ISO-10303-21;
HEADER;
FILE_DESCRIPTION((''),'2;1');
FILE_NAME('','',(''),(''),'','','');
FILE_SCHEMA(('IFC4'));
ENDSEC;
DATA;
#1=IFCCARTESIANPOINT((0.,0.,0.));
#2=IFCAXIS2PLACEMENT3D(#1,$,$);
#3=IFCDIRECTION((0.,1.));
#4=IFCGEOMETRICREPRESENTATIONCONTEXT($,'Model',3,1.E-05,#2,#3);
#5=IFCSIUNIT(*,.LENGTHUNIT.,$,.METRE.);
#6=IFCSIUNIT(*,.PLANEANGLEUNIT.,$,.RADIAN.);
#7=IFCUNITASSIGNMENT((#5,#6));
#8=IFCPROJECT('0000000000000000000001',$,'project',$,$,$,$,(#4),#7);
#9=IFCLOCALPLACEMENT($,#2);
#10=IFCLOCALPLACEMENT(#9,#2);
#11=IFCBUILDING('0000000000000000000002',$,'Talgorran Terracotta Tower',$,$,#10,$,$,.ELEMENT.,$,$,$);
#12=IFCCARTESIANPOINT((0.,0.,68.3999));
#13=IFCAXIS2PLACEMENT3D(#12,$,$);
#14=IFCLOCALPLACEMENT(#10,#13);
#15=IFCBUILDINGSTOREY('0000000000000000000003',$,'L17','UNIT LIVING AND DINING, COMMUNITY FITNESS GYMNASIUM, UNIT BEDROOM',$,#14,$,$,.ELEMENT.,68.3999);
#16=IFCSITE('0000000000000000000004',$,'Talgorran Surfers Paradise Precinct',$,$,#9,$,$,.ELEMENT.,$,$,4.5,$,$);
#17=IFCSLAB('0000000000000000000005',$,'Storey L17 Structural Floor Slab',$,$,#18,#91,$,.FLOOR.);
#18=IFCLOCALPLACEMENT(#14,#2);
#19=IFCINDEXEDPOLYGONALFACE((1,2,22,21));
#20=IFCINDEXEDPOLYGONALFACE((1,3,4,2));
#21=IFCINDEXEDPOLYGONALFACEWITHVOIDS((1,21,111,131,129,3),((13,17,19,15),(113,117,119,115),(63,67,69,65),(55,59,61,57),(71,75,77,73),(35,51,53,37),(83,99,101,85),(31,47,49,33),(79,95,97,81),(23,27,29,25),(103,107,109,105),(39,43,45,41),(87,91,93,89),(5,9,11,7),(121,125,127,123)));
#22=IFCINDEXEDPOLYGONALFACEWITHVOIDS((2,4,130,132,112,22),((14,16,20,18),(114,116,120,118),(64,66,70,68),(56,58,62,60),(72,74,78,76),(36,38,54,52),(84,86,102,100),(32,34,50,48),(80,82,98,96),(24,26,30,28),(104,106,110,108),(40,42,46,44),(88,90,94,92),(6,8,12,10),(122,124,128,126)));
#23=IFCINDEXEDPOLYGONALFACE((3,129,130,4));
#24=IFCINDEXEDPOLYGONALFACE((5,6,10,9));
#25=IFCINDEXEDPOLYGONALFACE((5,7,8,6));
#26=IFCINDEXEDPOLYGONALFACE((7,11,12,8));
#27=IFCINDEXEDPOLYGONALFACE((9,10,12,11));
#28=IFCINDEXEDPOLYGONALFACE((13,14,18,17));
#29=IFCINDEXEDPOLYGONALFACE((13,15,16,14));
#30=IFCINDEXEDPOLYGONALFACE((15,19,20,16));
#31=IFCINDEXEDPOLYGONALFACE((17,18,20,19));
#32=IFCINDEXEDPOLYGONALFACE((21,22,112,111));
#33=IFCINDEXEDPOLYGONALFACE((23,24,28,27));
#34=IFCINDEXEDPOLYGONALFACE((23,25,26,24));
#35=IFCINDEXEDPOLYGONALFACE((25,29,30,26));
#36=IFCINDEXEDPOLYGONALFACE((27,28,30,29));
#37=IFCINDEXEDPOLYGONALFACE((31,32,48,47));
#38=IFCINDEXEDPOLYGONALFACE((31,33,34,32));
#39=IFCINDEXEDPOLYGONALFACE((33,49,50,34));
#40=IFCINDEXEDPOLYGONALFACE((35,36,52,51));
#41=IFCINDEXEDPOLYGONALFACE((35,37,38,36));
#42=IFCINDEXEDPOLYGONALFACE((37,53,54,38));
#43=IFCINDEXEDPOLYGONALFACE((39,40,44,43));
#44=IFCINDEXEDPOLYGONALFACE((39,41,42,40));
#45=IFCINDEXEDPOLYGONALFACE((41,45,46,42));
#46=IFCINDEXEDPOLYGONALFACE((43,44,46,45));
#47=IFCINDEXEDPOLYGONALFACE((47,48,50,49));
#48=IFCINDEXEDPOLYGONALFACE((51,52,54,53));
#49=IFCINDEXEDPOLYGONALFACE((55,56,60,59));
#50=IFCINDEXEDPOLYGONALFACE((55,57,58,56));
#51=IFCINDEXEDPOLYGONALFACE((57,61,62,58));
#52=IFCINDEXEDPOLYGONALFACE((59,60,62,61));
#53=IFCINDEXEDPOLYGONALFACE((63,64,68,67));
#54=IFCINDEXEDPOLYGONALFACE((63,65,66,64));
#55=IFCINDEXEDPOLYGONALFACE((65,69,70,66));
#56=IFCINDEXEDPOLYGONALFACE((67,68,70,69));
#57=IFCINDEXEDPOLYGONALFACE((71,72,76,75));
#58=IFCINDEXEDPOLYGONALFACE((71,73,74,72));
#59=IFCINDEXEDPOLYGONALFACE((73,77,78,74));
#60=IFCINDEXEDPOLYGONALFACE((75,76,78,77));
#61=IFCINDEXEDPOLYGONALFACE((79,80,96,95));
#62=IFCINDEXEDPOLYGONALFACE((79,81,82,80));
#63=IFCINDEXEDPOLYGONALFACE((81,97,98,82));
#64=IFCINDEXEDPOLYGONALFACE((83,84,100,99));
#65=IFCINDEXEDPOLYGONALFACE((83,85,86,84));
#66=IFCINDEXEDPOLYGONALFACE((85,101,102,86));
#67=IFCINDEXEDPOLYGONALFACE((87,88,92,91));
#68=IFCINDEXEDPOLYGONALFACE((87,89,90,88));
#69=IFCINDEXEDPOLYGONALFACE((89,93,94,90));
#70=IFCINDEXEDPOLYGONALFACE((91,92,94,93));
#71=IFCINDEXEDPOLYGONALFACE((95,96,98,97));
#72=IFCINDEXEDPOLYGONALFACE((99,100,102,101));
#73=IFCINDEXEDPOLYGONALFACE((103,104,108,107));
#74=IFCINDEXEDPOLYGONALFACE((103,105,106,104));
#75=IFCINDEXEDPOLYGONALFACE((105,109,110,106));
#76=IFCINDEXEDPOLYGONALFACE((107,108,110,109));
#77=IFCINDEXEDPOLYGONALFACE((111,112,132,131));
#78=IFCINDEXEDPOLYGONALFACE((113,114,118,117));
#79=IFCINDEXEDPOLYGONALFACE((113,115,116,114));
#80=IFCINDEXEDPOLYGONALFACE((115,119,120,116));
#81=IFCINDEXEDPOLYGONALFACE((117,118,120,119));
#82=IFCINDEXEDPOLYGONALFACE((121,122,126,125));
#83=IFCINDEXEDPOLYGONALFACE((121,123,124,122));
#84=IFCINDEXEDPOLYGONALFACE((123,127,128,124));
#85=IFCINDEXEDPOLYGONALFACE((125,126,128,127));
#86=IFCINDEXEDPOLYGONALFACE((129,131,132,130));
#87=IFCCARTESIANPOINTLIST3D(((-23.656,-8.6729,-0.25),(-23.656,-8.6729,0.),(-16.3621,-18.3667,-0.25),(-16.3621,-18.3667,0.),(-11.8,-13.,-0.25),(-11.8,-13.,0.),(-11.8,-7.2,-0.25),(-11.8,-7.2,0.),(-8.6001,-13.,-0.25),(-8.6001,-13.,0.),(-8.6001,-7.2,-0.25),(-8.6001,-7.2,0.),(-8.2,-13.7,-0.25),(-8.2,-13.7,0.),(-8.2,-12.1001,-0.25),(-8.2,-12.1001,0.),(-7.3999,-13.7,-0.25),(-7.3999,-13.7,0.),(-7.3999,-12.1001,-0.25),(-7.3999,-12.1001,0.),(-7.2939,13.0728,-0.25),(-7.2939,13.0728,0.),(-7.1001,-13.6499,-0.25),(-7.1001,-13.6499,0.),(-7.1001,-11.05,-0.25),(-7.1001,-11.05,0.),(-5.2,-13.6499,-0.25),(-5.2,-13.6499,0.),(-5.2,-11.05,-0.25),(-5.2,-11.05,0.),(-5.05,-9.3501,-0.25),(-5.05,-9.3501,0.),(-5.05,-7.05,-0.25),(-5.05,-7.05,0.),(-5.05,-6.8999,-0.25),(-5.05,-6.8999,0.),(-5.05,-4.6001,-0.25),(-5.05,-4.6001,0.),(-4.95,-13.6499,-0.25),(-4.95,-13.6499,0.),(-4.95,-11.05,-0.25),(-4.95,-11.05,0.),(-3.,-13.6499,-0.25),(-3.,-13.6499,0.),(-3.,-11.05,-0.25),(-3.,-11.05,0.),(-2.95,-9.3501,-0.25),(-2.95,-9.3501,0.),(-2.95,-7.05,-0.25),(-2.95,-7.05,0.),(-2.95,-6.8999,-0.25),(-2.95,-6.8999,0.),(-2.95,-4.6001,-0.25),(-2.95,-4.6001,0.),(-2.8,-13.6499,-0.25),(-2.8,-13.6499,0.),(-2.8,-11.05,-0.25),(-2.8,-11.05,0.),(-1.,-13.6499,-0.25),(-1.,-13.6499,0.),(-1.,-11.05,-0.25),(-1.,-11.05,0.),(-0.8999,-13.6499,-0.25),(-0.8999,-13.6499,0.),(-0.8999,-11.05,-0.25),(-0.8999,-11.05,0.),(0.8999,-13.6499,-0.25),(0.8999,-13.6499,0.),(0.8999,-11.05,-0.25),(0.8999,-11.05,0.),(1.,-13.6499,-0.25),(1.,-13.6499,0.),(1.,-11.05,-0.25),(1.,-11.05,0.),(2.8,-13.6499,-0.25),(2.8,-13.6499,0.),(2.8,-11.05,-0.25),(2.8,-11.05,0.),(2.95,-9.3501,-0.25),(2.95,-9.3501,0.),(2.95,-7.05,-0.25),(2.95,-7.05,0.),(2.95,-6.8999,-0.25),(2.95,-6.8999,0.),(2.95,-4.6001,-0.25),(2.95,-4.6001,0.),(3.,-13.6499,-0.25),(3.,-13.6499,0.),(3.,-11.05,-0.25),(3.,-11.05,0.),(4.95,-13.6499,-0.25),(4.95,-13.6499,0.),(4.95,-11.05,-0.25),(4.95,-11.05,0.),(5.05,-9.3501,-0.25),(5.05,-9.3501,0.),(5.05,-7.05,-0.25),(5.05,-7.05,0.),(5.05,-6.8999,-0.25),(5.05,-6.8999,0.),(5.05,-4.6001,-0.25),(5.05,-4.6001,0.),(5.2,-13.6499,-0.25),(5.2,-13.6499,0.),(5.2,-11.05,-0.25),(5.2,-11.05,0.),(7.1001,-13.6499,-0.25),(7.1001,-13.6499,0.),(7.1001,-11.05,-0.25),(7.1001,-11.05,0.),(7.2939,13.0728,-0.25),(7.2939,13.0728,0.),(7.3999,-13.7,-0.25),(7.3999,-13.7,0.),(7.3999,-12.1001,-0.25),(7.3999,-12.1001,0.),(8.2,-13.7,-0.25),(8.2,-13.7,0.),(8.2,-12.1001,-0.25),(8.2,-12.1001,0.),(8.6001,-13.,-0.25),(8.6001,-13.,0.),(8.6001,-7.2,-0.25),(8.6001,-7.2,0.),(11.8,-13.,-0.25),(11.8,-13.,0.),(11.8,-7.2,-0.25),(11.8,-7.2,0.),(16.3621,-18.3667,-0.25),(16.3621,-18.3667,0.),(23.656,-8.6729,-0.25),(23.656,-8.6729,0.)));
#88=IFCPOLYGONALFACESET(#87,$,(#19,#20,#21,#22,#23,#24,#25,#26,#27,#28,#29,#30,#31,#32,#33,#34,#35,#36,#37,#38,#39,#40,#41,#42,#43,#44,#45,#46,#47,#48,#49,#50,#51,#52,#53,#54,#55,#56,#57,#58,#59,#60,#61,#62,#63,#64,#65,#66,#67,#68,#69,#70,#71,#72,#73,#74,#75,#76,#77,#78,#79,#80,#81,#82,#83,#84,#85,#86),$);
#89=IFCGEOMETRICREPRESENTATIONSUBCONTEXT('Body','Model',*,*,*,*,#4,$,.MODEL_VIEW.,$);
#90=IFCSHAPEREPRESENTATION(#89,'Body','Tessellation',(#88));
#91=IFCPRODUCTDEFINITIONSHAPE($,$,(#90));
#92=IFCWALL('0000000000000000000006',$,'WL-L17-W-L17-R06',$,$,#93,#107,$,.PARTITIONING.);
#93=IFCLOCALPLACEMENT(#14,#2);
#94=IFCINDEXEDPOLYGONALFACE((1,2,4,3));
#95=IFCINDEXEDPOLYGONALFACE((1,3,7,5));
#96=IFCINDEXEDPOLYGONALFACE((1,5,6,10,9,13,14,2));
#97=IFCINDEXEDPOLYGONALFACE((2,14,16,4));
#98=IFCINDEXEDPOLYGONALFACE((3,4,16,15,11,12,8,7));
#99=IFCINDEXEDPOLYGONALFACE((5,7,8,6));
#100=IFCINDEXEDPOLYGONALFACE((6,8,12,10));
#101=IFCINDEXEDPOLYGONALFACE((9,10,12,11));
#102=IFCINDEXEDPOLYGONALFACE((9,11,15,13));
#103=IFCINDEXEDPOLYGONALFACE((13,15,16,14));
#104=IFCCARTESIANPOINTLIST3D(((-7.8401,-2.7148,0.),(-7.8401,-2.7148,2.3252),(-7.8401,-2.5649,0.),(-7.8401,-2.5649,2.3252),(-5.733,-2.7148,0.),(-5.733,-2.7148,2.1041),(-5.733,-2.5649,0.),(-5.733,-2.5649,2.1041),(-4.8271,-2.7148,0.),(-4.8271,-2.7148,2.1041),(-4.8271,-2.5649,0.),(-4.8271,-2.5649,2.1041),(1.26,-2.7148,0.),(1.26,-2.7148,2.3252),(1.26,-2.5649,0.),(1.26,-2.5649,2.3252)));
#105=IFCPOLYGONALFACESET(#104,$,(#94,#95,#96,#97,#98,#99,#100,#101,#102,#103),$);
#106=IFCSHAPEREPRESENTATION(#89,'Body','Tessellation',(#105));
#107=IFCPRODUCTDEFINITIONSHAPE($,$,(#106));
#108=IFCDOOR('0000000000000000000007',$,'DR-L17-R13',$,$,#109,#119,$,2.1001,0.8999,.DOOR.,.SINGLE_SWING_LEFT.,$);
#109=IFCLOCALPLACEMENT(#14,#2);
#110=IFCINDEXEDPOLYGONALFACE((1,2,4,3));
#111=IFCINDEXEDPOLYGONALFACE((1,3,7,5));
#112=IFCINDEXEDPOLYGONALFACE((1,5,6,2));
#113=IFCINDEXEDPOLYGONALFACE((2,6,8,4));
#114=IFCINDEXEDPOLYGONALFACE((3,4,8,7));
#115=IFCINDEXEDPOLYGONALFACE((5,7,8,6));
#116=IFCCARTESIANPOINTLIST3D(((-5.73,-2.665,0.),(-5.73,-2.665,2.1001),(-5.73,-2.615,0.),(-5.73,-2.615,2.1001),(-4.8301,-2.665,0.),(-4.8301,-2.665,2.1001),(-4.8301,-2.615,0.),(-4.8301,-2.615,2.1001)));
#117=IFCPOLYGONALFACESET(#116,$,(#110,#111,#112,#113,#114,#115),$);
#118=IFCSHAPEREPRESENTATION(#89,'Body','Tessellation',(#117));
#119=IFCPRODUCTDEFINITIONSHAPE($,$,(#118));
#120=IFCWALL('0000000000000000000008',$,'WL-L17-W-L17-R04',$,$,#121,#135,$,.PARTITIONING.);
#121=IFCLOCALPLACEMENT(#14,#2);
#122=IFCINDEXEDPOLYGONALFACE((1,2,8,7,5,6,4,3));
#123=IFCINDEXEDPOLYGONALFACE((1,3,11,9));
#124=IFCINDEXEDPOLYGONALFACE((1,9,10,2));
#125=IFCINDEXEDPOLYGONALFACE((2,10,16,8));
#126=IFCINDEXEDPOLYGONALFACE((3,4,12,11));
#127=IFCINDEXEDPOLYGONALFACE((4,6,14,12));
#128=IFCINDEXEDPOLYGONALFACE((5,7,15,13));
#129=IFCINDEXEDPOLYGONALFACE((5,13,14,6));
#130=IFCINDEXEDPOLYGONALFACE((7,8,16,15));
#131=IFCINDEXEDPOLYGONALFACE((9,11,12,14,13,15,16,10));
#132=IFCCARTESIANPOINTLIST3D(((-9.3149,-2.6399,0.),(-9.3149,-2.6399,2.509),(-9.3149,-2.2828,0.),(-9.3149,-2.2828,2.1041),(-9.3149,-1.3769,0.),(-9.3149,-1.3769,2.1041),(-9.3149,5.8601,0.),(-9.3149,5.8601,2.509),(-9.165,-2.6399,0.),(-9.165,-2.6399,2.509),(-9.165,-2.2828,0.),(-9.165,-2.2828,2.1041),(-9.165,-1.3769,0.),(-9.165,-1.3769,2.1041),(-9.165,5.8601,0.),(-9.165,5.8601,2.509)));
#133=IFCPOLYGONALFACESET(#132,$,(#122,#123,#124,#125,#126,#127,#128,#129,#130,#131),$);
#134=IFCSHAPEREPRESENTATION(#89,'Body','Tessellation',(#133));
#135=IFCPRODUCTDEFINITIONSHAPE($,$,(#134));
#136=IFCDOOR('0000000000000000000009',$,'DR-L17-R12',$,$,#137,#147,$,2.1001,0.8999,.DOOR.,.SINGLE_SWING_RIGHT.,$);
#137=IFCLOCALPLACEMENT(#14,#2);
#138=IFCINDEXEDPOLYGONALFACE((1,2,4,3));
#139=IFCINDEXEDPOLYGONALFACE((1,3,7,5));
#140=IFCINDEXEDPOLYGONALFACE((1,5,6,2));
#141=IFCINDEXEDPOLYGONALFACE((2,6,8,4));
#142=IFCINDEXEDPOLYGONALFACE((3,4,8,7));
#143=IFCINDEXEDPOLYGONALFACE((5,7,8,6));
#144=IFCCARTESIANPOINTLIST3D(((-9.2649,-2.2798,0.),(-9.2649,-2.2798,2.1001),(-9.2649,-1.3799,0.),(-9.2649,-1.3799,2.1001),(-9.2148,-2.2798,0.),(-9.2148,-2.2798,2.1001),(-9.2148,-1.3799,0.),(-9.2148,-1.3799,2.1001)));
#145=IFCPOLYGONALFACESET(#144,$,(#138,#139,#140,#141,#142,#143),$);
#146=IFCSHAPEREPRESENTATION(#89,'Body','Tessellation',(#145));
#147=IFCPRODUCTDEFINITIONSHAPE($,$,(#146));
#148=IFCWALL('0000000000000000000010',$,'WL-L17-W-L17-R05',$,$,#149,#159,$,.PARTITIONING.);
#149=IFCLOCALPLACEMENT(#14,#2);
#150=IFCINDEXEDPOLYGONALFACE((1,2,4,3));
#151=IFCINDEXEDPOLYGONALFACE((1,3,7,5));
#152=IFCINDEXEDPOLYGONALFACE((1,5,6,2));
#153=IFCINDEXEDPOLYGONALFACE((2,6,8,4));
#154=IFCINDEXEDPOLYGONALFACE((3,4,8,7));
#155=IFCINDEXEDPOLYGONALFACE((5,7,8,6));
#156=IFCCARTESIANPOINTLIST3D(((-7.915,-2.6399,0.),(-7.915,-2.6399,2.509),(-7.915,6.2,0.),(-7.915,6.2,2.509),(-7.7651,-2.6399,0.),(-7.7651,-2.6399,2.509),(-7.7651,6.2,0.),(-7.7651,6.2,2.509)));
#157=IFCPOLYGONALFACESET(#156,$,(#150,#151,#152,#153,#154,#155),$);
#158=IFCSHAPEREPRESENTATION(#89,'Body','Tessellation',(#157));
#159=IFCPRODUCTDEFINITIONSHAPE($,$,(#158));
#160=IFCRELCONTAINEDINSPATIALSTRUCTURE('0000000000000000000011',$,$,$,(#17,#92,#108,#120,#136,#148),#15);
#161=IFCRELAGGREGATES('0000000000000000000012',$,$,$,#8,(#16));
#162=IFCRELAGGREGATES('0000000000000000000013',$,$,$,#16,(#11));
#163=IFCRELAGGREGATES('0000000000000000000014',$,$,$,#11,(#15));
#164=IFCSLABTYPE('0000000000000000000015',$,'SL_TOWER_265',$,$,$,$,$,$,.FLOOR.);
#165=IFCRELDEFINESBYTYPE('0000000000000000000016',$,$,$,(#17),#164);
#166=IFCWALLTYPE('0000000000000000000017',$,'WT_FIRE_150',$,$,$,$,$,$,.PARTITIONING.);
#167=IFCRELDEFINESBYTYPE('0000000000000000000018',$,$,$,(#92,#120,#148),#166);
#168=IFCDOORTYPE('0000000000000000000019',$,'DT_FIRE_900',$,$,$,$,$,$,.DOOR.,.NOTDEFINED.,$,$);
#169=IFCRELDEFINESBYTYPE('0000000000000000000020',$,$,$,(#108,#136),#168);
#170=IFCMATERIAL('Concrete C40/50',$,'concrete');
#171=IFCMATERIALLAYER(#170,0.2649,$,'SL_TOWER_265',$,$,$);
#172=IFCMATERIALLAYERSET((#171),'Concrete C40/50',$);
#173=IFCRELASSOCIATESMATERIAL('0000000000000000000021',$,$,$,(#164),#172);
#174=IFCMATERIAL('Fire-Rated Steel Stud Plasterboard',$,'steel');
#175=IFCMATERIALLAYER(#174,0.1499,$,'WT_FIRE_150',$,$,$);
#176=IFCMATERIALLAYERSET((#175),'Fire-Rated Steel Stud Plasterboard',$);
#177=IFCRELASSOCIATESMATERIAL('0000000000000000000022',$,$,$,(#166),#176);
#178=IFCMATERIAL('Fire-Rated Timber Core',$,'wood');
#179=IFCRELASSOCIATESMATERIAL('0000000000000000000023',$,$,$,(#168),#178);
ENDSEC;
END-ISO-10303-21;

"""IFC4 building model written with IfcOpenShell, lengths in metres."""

from ifc_helpers import new_model, si_unit, direction, frame, frame_2d, origin, place, context, subcontext, project, spatial, polyline, rectangle, outline, extrude, material, layer, layer_set, type_object, element, fill, save


model = new_model("IFC4")

# Units and contexts
model_context = context("Model", 3, precision=1e-05, world=origin(), true_north=direction((0.0, 1.0)))
body_context = subcontext(model_context, "Body", "Model", "MODEL_VIEW")
ifc_project = project(units=[si_unit("LENGTHUNIT", "METRE"), si_unit("PLANEANGLEUNIT", "RADIAN")], contexts=[model_context])

# Site, building, storey
site_placement = place(None, origin())
site = spatial("IfcSite", under=ifc_project, at=site_placement, Name="Talgorran Surfers Paradise Precinct", CompositionType="ELEMENT", RefElevation=4.5)
building_placement = place(site_placement, origin())
building = spatial("IfcBuilding", under=site, at=building_placement, Name="Talgorran Terracotta Tower", CompositionType="ELEMENT")
storey_placement = place(building_placement, frame((0.0, 0.0, 68.3999)))
storey = spatial("IfcBuildingStorey", under=building, at=storey_placement, Name="L17", Description="UNIT LIVING AND DINING, COMMUNITY FITNESS GYMNASIUM, UNIT BEDROOM", CompositionType="ELEMENT", Elevation=68.3999)

# Slab
ifc_material_1 = material(Name="Concrete C40/50", Category="concrete")
ifc_layer_1 = layer(ifc_material_1, 0.2649, Name="SL_TOWER_265")
ifc_layer_set_1 = layer_set([ifc_layer_1], Name="Concrete C40/50")
slab_type_1 = type_object("IfcSlabType", Name="SL_TOWER_265", PredefinedType="FLOOR", material=ifc_layer_set_1)
slab_1_placement = place(storey_placement, frame((0.0, 0.0, -0.25)))
element("IfcSlab", 1, at=slab_1_placement, inside=storey, type_object=slab_type_1, Name="Storey L17 Structural Floor Slab", PredefinedType="FLOOR", context=body_context, shape_type="SweptSolid", body=[
    extrude(outline(polyline([(-23.656, -8.6729), (-16.3621, -18.3667), (16.3621, -18.3667), (23.656, -8.6729), (7.2939, 13.0728), (-7.2939, 13.0728), (-23.656, -8.6729)]), holes=[polyline([(-11.8, -7.2), (-11.8, -13.0), (-8.6001, -13.0), (-8.6001, -7.2), (-11.8, -7.2)]), polyline([(8.6001, -7.2), (8.6001, -13.0), (11.8, -13.0), (11.8, -7.2), (8.6001, -7.2)]), polyline([(-7.1001, -13.6499), (-5.2, -13.6499), (-5.2, -11.05), (-7.1001, -11.05), (-7.1001, -13.6499)]), polyline([(5.2, -13.6499), (7.1001, -13.6499), (7.1001, -11.05), (5.2, -11.05), (5.2, -13.6499)]), polyline([(3.0, -13.6499), (4.95, -13.6499), (4.95, -11.05), (3.0, -11.05), (3.0, -13.6499)]), polyline([(-4.95, -13.6499), (-3.0, -13.6499), (-3.0, -11.05), (-4.95, -11.05), (-4.95, -13.6499)]), polyline([(-5.05, -9.3501), (-2.95, -9.3501), (-2.95, -7.05), (-5.05, -7.05), (-5.05, -9.3501)]), polyline([(-5.05, -6.8999), (-2.95, -6.8999), (-2.95, -4.6001), (-5.05, -4.6001), (-5.05, -6.8999)]), polyline([(2.95, -9.3501), (5.05, -9.3501), (5.05, -7.05), (2.95, -7.05), (2.95, -9.3501)]), polyline([(2.95, -6.8999), (5.05, -6.8999), (5.05, -4.6001), (2.95, -4.6001), (2.95, -6.8999)]), polyline([(-2.8, -13.6499), (-1.0, -13.6499), (-1.0, -11.05), (-2.8, -11.05), (-2.8, -13.6499)]), polyline([(-0.8999, -13.6499), (0.8999, -13.6499), (0.8999, -11.05), (-0.8999, -11.05), (-0.8999, -13.6499)]), polyline([(1.0, -13.6499), (2.8, -13.6499), (2.8, -11.05), (1.0, -11.05), (1.0, -13.6499)]), polyline([(-8.2, -13.7), (-7.3999, -13.7), (-7.3999, -12.1001), (-8.2, -12.1001), (-8.2, -13.7)]), polyline([(7.3999, -13.7), (8.2, -13.7), (8.2, -12.1001), (7.3999, -12.1001), (7.3999, -13.7)])]), origin(), (0.0, 0.0, 1.0), 0.25),
])

# Walls, openings, doors
ifc_material_2 = material(Name="Fire-Rated Steel Stud Plasterboard", Category="steel")
ifc_layer_2 = layer(ifc_material_2, 0.1499, Name="WT_FIRE_150")
ifc_layer_set_2 = layer_set([ifc_layer_2], Name="Fire-Rated Steel Stud Plasterboard")
wall_type_1 = type_object("IfcWallType", Name="WT_FIRE_150", PredefinedType="PARTITIONING", material=ifc_layer_set_2)
wall_1_placement = place(storey_placement, frame((-7.8401, -2.6399, 0.0), z_axis=(0.0, 0.0, 1.0), x_axis=(1.0, 0.0, 0.0)))
wall_1 = element("IfcWall", 2, at=wall_1_placement, inside=storey, type_object=wall_type_1, Name="WL-L17-W-L17-R06", PredefinedType="PARTITIONING", context=body_context, shape_type="SweptSolid", body=[
    extrude(rectangle(XDim=9.1001, YDim=0.1499, at=frame_2d((4.55, 0.0))), origin(), (0.0, 0.0, 1.0), 2.3252),
])
opening_1_placement = place(wall_1_placement, frame((2.1101, 0.0, 0.0)))
opening_1 = element("IfcOpeningElement", 3, at=opening_1_placement, cuts=wall_1, PredefinedType="OPENING", context=body_context, shape_type="SweptSolid", body=[
    extrude(rectangle(XDim=0.9059, YDim=2.1041, at=frame_2d((0.45, 1.052))), frame((0.0, 0.085, 0.0), z_axis=(0.0, -1.0, 0.0), x_axis=(1.0, 0.0, 0.0)), (0.0, 0.0, 1.0), 0.1699),
])
ifc_material_3 = material(Name="Fire-Rated Timber Core", Category="wood")
door_type_1 = type_object("IfcDoorType", Name="DT_FIRE_900", OperationType="NOTDEFINED", PredefinedType="DOOR", material=ifc_material_3)
door_1_placement = place(opening_1_placement, origin())
door_1 = element("IfcDoor", 4, at=door_1_placement, inside=storey, type_object=door_type_1, Name="DR-L17-R13", OperationType="SINGLE_SWING_LEFT", OverallHeight=2.1001, OverallWidth=0.8999, PredefinedType="DOOR", context=body_context, shape_type="SweptSolid", body=[
    extrude(rectangle(XDim=0.8999, YDim=2.1001, at=frame_2d((0.45, 1.05))), frame((0.0, 0.0249, 0.0), z_axis=(0.0, -1.0, 0.0), x_axis=(1.0, 0.0, 0.0)), (0.0, 0.0, 1.0), 0.05),
])
fill(opening_1, door_1)
wall_2_placement = place(storey_placement, frame((-9.24, -2.6399, 0.0), z_axis=(0.0, 0.0, 1.0), x_axis=(0.0, 1.0, 0.0)))
wall_2 = element("IfcWall", 5, at=wall_2_placement, inside=storey, type_object=wall_type_1, Name="WL-L17-W-L17-R04", PredefinedType="PARTITIONING", context=body_context, shape_type="SweptSolid", body=[
    extrude(rectangle(XDim=8.5, YDim=0.1499, at=frame_2d((4.25, 0.0))), origin(), (0.0, 0.0, 1.0), 2.509),
])
opening_2_placement = place(wall_2_placement, frame((0.3601, 0.0, 0.0)))
opening_2 = element("IfcOpeningElement", 6, at=opening_2_placement, cuts=wall_2, PredefinedType="OPENING", context=body_context, shape_type="SweptSolid", body=[
    extrude(rectangle(XDim=0.9059, YDim=2.1041, at=frame_2d((0.45, 1.052))), frame((0.0, 0.085, 0.0), z_axis=(0.0, -1.0, 0.0), x_axis=(1.0, 0.0, 0.0)), (0.0, 0.0, 1.0), 0.1699),
])
door_2_placement = place(opening_2_placement, origin())
door_2 = element("IfcDoor", 7, at=door_2_placement, inside=storey, type_object=door_type_1, Name="DR-L17-R12", OperationType="SINGLE_SWING_RIGHT", OverallHeight=2.1001, OverallWidth=0.8999, PredefinedType="DOOR", context=body_context, shape_type="SweptSolid", body=[
    extrude(rectangle(XDim=0.8999, YDim=2.1001, at=frame_2d((0.45, 1.05))), frame((0.0, 0.0249, 0.0), z_axis=(0.0, -1.0, 0.0), x_axis=(1.0, 0.0, 0.0)), (0.0, 0.0, 1.0), 0.05),
])
fill(opening_2, door_2)

# Wall
wall_3_placement = place(storey_placement, frame((-7.8401, -2.6399, 0.0), z_axis=(0.0, 0.0, 1.0), x_axis=(0.0, 1.0, 0.0)))
element("IfcWall", 8, at=wall_3_placement, inside=storey, type_object=wall_type_1, Name="WL-L17-W-L17-R05", PredefinedType="PARTITIONING", context=body_context, shape_type="SweptSolid", body=[
    extrude(rectangle(XDim=8.8398, YDim=0.1499, at=frame_2d((4.4199, 0.0))), origin(), (0.0, 0.0, 1.0), 2.509),
])

save(model, "model.ifc")
